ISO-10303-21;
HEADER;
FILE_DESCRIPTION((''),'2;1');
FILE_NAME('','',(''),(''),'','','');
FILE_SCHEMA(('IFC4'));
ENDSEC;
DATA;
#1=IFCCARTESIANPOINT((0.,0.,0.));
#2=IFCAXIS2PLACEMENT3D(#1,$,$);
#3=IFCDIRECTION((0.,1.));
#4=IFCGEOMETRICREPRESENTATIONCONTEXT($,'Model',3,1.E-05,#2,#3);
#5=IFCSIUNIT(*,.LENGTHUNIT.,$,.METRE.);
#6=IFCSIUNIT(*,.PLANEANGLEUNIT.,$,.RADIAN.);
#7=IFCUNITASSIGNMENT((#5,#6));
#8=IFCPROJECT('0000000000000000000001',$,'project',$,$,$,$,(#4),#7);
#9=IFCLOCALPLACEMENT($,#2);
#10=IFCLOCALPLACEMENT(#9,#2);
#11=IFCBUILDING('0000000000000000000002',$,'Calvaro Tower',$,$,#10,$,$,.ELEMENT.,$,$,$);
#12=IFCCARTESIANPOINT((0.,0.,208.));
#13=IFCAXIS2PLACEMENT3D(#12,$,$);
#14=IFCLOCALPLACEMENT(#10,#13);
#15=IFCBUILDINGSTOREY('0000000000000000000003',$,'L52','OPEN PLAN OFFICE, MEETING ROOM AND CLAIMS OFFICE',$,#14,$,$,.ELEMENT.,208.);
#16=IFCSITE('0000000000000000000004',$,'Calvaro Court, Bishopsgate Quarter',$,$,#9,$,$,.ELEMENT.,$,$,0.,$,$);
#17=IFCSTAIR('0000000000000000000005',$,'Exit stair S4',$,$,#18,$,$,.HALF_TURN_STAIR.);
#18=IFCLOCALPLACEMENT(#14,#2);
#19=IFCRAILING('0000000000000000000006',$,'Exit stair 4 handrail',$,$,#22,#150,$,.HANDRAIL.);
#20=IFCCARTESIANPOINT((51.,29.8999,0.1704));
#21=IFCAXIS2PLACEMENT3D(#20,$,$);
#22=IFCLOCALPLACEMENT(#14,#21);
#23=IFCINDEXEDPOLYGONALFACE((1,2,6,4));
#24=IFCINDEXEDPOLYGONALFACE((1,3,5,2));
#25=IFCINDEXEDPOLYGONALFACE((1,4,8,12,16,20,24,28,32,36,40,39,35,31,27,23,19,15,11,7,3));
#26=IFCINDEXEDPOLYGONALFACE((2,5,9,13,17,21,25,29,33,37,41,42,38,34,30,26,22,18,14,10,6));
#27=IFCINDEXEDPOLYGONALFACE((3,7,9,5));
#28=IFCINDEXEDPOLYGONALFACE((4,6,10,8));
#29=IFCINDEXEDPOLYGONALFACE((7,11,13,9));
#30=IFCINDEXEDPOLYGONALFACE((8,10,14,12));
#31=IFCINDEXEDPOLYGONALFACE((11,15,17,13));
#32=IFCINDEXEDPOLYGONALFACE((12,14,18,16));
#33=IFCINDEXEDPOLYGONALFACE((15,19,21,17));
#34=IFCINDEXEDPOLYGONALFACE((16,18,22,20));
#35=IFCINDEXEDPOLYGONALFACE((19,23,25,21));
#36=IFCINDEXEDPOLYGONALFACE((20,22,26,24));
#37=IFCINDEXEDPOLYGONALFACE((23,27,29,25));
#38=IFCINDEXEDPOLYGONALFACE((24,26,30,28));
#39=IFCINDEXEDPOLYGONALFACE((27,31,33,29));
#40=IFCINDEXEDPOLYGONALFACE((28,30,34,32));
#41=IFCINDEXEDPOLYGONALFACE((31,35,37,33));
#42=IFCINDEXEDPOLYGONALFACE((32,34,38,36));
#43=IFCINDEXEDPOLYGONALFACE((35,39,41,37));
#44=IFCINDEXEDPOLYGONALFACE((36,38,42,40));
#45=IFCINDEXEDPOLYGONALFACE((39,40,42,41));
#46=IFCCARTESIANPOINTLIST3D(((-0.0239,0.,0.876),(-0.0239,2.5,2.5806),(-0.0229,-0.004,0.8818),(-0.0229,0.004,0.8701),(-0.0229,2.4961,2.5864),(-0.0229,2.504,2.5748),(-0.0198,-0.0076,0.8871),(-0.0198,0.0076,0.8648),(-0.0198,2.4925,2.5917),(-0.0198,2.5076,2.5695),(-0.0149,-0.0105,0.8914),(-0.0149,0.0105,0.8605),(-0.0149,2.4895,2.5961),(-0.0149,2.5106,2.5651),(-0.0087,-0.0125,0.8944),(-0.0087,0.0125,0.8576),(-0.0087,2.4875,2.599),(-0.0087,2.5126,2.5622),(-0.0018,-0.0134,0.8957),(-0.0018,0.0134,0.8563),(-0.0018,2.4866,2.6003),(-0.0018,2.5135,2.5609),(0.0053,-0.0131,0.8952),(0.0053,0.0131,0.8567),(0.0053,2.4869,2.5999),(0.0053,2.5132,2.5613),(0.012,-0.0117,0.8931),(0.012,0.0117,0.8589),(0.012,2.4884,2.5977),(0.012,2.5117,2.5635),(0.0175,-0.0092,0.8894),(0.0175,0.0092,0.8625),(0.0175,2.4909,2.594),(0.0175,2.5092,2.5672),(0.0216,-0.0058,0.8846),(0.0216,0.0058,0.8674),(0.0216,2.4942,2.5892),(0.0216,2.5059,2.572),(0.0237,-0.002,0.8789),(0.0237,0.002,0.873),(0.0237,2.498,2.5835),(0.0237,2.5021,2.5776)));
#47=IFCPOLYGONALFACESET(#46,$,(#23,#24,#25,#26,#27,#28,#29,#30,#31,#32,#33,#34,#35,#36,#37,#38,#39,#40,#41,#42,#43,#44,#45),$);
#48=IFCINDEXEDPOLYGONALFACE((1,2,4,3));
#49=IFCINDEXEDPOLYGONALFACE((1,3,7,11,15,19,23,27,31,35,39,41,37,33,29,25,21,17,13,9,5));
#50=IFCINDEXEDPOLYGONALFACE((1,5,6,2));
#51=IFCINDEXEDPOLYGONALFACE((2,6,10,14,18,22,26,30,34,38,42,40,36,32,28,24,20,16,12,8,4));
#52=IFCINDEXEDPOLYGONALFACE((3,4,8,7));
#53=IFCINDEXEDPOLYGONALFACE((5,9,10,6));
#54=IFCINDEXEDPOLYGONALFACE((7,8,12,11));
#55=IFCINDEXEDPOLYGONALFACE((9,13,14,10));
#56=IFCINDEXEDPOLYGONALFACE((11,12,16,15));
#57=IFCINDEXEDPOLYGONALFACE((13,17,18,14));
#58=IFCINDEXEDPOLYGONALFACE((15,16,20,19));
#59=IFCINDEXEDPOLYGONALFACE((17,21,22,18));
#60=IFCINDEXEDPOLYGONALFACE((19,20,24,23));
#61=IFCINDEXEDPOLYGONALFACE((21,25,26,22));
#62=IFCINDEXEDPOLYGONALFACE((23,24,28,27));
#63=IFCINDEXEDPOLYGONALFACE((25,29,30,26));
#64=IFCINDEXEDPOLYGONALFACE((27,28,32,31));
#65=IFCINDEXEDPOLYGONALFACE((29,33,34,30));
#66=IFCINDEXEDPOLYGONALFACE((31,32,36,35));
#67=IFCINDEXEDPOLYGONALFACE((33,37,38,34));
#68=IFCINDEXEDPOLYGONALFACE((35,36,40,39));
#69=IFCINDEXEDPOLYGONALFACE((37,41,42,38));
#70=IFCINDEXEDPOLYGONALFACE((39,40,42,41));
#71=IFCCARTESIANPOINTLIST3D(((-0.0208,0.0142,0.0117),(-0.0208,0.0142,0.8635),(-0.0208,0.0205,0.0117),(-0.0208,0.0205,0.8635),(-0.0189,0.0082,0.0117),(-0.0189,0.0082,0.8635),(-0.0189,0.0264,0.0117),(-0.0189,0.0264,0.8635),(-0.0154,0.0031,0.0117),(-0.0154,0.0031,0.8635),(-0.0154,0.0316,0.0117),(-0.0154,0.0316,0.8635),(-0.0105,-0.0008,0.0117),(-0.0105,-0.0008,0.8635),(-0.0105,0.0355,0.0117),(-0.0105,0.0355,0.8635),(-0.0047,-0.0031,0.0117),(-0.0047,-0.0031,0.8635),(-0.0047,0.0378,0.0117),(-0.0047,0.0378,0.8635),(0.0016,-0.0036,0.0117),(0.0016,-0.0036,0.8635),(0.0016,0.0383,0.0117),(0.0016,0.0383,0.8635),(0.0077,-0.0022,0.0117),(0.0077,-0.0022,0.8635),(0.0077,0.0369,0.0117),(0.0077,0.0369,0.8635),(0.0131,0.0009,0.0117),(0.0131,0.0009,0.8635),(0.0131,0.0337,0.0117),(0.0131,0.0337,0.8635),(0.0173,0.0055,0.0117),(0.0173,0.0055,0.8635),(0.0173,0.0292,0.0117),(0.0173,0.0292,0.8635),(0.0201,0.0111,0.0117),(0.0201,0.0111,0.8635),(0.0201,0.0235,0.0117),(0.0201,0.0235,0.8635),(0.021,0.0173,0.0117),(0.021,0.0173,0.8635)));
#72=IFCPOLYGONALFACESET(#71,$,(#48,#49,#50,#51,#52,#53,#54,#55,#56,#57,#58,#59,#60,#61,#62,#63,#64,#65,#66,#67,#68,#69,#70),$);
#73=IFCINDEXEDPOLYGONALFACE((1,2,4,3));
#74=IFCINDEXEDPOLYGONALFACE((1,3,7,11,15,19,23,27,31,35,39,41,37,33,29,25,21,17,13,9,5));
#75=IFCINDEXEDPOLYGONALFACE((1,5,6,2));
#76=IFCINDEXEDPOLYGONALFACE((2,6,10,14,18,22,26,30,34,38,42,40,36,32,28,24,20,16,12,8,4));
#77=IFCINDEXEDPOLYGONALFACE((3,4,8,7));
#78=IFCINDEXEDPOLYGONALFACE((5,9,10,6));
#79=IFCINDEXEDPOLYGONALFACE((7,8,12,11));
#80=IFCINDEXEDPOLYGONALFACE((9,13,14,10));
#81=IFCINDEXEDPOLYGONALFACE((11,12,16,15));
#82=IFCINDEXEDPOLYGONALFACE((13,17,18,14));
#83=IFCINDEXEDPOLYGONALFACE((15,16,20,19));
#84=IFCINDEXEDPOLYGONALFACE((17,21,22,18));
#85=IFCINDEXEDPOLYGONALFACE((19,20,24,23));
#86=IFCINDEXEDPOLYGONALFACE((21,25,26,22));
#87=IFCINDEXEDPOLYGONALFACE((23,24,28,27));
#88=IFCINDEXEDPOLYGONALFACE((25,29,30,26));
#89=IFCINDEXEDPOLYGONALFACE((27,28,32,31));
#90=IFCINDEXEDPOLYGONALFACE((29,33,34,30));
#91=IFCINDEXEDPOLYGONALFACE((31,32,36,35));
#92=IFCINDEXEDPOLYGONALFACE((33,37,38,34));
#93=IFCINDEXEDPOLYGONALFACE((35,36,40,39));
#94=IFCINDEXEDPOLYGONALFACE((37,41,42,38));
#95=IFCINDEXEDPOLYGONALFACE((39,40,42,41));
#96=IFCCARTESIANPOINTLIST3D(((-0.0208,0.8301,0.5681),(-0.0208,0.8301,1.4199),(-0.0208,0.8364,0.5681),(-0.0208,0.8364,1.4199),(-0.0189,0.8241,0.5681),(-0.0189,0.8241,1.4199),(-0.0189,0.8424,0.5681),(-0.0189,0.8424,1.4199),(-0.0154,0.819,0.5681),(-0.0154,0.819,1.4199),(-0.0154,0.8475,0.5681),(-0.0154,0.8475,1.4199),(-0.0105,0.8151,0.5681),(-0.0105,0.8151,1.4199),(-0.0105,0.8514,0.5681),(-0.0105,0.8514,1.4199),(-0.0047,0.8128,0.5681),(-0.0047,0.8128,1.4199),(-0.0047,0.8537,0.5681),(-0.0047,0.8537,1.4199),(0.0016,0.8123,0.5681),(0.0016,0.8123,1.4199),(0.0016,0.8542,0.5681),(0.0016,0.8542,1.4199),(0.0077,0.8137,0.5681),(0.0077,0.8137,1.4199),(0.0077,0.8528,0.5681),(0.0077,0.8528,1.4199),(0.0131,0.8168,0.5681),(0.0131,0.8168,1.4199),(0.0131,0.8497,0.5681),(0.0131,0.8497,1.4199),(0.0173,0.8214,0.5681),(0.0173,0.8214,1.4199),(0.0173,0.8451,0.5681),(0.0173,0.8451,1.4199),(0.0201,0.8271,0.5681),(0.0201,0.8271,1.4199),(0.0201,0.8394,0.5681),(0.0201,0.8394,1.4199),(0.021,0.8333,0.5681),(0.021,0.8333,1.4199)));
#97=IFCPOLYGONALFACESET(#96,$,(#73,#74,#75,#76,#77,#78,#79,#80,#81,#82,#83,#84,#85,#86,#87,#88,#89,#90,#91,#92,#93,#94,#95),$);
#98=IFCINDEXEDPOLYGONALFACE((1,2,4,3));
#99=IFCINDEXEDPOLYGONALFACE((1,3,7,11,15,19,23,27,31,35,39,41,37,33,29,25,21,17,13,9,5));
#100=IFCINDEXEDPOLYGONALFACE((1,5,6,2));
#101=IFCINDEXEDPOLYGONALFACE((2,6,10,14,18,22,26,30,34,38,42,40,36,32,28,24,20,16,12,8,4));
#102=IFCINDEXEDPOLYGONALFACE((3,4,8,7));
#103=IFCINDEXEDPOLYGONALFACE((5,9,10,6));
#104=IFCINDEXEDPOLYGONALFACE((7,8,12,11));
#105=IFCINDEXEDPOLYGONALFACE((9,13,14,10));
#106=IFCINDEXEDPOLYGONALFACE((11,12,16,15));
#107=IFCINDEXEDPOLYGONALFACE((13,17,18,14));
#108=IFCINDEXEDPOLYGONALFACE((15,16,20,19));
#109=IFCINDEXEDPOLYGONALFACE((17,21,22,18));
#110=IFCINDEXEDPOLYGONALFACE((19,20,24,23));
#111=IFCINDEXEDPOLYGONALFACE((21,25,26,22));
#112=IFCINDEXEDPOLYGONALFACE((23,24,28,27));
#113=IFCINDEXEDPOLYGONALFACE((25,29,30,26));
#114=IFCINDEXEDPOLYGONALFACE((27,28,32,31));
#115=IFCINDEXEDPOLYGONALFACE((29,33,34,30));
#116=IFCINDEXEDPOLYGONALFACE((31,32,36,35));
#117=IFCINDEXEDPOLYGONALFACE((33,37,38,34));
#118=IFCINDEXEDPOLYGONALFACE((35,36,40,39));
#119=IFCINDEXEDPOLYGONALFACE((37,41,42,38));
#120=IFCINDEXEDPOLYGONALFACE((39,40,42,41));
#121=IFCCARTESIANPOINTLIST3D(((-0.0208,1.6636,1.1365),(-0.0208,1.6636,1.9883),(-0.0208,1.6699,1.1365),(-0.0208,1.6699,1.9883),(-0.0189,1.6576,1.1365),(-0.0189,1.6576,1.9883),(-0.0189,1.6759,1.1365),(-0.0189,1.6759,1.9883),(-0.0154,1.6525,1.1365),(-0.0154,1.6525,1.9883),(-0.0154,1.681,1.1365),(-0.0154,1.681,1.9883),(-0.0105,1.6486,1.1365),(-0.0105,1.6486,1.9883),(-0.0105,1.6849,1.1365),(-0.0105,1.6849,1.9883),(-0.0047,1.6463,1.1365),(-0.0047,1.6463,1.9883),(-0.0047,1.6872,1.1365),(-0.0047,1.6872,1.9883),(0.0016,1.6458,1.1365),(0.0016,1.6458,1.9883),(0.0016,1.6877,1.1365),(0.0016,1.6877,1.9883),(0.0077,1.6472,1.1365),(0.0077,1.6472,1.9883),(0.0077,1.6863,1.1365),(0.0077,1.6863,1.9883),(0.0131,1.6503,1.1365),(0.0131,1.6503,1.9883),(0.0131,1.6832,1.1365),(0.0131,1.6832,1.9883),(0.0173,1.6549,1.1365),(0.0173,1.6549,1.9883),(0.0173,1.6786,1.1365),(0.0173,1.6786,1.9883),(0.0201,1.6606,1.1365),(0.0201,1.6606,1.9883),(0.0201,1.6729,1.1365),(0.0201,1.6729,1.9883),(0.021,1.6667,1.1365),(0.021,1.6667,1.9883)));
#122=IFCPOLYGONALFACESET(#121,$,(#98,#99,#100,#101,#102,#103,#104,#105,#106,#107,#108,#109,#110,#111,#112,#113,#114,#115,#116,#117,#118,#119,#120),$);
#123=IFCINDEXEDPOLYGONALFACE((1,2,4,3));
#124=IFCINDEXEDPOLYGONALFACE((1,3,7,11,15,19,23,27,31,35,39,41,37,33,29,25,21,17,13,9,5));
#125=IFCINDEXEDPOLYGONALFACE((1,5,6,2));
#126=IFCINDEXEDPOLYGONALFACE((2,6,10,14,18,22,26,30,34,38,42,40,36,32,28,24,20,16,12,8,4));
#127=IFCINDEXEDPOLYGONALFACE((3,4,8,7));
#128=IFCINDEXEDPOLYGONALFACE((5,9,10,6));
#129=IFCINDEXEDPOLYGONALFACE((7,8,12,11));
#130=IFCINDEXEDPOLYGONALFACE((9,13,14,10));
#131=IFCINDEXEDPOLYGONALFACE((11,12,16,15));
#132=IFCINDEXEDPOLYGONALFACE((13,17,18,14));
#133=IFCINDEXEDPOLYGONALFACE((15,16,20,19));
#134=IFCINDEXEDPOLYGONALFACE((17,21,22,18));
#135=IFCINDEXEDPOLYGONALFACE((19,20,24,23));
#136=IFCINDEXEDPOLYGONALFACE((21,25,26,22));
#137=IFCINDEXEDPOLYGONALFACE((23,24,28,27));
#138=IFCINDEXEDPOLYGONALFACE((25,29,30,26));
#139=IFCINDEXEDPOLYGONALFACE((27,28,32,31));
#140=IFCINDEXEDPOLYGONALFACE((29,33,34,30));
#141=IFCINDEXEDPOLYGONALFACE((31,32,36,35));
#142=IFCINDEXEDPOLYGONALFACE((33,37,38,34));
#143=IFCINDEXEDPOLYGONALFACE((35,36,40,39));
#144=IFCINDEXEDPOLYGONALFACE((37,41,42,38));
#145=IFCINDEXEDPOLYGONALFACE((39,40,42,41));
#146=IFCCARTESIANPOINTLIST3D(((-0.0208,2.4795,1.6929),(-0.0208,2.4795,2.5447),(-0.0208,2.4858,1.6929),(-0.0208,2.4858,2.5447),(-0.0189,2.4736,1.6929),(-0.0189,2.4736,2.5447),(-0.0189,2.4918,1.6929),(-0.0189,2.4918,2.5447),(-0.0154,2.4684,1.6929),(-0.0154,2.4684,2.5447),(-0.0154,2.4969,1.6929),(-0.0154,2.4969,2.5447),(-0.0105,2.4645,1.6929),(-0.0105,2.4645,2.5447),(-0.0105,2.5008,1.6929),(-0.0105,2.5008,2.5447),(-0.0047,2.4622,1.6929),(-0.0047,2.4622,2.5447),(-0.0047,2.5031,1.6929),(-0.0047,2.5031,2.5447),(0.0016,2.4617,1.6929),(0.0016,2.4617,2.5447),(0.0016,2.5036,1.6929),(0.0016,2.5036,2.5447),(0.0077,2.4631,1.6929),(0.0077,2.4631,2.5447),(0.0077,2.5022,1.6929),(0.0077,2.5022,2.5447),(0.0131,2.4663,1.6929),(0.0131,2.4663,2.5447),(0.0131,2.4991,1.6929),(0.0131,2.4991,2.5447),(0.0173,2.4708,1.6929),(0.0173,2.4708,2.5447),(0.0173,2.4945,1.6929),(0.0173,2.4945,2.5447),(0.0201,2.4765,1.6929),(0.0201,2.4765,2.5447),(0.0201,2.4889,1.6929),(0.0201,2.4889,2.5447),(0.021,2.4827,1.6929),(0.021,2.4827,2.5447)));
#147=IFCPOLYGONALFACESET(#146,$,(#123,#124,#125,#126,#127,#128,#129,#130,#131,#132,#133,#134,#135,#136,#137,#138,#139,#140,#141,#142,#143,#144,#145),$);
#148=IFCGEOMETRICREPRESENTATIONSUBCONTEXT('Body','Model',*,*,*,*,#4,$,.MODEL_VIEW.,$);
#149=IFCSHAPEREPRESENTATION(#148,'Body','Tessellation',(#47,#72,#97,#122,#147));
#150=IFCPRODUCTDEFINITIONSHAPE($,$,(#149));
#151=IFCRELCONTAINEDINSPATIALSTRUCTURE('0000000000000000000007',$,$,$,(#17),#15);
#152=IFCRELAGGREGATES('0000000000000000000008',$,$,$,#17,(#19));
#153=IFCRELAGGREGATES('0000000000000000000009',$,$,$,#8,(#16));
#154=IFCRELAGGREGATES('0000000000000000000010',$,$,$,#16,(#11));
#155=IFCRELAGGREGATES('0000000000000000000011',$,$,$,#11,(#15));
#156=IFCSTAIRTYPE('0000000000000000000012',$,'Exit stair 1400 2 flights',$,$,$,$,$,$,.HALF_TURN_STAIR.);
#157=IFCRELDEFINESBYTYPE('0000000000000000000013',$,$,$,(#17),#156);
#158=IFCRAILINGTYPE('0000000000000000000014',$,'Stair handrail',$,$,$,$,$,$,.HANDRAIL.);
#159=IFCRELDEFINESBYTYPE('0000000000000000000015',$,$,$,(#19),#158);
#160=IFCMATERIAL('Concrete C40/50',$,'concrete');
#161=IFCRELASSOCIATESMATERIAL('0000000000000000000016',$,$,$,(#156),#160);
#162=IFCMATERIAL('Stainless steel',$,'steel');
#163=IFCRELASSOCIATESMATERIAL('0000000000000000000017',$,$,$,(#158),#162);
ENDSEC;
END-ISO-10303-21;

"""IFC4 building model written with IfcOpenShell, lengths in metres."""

from ifc_helpers import new_model, si_unit, direction, frame, origin, origin_2d, place, context, subcontext, project, spatial, circle, extrude, material, type_object, element, aggregate, save


model = new_model("IFC4")

# Units and contexts
model_context = context("Model", 3, precision=1e-05, world=origin(), true_north=direction((0.0, 1.0)))
body_context = subcontext(model_context, "Body", "Model", "MODEL_VIEW")
ifc_project = project(units=[si_unit("LENGTHUNIT", "METRE"), si_unit("PLANEANGLEUNIT", "RADIAN")], contexts=[model_context])

# Site, building, storey
site_placement = place(None, origin())
site = spatial("IfcSite", under=ifc_project, at=site_placement, Name="Calvaro Court, Bishopsgate Quarter", CompositionType="ELEMENT", RefElevation=0.0)
building_placement = place(site_placement, origin())
building = spatial("IfcBuilding", under=site, at=building_placement, Name="Calvaro Tower", CompositionType="ELEMENT")
storey_placement = place(building_placement, frame((0.0, 0.0, 208.0)))
storey = spatial("IfcBuildingStorey", under=building, at=storey_placement, Name="L52", Description="OPEN PLAN OFFICE, MEETING ROOM AND CLAIMS OFFICE", CompositionType="ELEMENT", Elevation=208.0)

# Stair
ifc_material_1 = material(Name="Concrete C40/50", Category="concrete")
stair_type = type_object("IfcStairType", Name="Exit stair 1400 2 flights", PredefinedType="HALF_TURN_STAIR", material=ifc_material_1)
stair_1_placement = place(storey_placement, origin())
stair_1 = element("IfcStair", 1, at=stair_1_placement, inside=storey, type_object=stair_type, Name="Exit stair S4", PredefinedType="HALF_TURN_STAIR")

# Railing
ifc_material_2 = material(Name="Stainless steel", Category="steel")
railing_type = type_object("IfcRailingType", Name="Stair handrail", PredefinedType="HANDRAIL", material=ifc_material_2)
railing_1_placement = place(storey_placement, frame((51.0, 29.8999, 0.1704)))
railing_1 = element("IfcRailing", 2, at=railing_1_placement, type_object=railing_type, Name="Exit stair 4 handrail", PredefinedType="HANDRAIL", context=body_context, shape_type="SweptSolid", body=[
    extrude(circle(Radius=0.0239, at=origin_2d()), frame((0.0, 0.0, 0.876), z_axis=(0.0, 0.826221, 0.563347), x_axis=(-1.0, 0.0, 0.0)), (0.0, 0.0, 1.0), 3.0259),
    extrude(circle(Radius=0.021, at=origin_2d()), frame((0.0, 0.0173, 0.0117)), (0.0, 0.0, 1.0), 0.8518),
    extrude(circle(Radius=0.021, at=origin_2d()), frame((0.0, 0.8333, 0.5681)), (0.0, 0.0, 1.0), 0.8518),
    extrude(circle(Radius=0.021, at=origin_2d()), frame((0.0, 1.6667, 1.1365)), (0.0, 0.0, 1.0), 0.8518),
    extrude(circle(Radius=0.021, at=origin_2d()), frame((0.0, 2.4827, 1.6929)), (0.0, 0.0, 1.0), 0.8518),
])
aggregate(stair_1, [railing_1])

save(model, "model.ifc")
